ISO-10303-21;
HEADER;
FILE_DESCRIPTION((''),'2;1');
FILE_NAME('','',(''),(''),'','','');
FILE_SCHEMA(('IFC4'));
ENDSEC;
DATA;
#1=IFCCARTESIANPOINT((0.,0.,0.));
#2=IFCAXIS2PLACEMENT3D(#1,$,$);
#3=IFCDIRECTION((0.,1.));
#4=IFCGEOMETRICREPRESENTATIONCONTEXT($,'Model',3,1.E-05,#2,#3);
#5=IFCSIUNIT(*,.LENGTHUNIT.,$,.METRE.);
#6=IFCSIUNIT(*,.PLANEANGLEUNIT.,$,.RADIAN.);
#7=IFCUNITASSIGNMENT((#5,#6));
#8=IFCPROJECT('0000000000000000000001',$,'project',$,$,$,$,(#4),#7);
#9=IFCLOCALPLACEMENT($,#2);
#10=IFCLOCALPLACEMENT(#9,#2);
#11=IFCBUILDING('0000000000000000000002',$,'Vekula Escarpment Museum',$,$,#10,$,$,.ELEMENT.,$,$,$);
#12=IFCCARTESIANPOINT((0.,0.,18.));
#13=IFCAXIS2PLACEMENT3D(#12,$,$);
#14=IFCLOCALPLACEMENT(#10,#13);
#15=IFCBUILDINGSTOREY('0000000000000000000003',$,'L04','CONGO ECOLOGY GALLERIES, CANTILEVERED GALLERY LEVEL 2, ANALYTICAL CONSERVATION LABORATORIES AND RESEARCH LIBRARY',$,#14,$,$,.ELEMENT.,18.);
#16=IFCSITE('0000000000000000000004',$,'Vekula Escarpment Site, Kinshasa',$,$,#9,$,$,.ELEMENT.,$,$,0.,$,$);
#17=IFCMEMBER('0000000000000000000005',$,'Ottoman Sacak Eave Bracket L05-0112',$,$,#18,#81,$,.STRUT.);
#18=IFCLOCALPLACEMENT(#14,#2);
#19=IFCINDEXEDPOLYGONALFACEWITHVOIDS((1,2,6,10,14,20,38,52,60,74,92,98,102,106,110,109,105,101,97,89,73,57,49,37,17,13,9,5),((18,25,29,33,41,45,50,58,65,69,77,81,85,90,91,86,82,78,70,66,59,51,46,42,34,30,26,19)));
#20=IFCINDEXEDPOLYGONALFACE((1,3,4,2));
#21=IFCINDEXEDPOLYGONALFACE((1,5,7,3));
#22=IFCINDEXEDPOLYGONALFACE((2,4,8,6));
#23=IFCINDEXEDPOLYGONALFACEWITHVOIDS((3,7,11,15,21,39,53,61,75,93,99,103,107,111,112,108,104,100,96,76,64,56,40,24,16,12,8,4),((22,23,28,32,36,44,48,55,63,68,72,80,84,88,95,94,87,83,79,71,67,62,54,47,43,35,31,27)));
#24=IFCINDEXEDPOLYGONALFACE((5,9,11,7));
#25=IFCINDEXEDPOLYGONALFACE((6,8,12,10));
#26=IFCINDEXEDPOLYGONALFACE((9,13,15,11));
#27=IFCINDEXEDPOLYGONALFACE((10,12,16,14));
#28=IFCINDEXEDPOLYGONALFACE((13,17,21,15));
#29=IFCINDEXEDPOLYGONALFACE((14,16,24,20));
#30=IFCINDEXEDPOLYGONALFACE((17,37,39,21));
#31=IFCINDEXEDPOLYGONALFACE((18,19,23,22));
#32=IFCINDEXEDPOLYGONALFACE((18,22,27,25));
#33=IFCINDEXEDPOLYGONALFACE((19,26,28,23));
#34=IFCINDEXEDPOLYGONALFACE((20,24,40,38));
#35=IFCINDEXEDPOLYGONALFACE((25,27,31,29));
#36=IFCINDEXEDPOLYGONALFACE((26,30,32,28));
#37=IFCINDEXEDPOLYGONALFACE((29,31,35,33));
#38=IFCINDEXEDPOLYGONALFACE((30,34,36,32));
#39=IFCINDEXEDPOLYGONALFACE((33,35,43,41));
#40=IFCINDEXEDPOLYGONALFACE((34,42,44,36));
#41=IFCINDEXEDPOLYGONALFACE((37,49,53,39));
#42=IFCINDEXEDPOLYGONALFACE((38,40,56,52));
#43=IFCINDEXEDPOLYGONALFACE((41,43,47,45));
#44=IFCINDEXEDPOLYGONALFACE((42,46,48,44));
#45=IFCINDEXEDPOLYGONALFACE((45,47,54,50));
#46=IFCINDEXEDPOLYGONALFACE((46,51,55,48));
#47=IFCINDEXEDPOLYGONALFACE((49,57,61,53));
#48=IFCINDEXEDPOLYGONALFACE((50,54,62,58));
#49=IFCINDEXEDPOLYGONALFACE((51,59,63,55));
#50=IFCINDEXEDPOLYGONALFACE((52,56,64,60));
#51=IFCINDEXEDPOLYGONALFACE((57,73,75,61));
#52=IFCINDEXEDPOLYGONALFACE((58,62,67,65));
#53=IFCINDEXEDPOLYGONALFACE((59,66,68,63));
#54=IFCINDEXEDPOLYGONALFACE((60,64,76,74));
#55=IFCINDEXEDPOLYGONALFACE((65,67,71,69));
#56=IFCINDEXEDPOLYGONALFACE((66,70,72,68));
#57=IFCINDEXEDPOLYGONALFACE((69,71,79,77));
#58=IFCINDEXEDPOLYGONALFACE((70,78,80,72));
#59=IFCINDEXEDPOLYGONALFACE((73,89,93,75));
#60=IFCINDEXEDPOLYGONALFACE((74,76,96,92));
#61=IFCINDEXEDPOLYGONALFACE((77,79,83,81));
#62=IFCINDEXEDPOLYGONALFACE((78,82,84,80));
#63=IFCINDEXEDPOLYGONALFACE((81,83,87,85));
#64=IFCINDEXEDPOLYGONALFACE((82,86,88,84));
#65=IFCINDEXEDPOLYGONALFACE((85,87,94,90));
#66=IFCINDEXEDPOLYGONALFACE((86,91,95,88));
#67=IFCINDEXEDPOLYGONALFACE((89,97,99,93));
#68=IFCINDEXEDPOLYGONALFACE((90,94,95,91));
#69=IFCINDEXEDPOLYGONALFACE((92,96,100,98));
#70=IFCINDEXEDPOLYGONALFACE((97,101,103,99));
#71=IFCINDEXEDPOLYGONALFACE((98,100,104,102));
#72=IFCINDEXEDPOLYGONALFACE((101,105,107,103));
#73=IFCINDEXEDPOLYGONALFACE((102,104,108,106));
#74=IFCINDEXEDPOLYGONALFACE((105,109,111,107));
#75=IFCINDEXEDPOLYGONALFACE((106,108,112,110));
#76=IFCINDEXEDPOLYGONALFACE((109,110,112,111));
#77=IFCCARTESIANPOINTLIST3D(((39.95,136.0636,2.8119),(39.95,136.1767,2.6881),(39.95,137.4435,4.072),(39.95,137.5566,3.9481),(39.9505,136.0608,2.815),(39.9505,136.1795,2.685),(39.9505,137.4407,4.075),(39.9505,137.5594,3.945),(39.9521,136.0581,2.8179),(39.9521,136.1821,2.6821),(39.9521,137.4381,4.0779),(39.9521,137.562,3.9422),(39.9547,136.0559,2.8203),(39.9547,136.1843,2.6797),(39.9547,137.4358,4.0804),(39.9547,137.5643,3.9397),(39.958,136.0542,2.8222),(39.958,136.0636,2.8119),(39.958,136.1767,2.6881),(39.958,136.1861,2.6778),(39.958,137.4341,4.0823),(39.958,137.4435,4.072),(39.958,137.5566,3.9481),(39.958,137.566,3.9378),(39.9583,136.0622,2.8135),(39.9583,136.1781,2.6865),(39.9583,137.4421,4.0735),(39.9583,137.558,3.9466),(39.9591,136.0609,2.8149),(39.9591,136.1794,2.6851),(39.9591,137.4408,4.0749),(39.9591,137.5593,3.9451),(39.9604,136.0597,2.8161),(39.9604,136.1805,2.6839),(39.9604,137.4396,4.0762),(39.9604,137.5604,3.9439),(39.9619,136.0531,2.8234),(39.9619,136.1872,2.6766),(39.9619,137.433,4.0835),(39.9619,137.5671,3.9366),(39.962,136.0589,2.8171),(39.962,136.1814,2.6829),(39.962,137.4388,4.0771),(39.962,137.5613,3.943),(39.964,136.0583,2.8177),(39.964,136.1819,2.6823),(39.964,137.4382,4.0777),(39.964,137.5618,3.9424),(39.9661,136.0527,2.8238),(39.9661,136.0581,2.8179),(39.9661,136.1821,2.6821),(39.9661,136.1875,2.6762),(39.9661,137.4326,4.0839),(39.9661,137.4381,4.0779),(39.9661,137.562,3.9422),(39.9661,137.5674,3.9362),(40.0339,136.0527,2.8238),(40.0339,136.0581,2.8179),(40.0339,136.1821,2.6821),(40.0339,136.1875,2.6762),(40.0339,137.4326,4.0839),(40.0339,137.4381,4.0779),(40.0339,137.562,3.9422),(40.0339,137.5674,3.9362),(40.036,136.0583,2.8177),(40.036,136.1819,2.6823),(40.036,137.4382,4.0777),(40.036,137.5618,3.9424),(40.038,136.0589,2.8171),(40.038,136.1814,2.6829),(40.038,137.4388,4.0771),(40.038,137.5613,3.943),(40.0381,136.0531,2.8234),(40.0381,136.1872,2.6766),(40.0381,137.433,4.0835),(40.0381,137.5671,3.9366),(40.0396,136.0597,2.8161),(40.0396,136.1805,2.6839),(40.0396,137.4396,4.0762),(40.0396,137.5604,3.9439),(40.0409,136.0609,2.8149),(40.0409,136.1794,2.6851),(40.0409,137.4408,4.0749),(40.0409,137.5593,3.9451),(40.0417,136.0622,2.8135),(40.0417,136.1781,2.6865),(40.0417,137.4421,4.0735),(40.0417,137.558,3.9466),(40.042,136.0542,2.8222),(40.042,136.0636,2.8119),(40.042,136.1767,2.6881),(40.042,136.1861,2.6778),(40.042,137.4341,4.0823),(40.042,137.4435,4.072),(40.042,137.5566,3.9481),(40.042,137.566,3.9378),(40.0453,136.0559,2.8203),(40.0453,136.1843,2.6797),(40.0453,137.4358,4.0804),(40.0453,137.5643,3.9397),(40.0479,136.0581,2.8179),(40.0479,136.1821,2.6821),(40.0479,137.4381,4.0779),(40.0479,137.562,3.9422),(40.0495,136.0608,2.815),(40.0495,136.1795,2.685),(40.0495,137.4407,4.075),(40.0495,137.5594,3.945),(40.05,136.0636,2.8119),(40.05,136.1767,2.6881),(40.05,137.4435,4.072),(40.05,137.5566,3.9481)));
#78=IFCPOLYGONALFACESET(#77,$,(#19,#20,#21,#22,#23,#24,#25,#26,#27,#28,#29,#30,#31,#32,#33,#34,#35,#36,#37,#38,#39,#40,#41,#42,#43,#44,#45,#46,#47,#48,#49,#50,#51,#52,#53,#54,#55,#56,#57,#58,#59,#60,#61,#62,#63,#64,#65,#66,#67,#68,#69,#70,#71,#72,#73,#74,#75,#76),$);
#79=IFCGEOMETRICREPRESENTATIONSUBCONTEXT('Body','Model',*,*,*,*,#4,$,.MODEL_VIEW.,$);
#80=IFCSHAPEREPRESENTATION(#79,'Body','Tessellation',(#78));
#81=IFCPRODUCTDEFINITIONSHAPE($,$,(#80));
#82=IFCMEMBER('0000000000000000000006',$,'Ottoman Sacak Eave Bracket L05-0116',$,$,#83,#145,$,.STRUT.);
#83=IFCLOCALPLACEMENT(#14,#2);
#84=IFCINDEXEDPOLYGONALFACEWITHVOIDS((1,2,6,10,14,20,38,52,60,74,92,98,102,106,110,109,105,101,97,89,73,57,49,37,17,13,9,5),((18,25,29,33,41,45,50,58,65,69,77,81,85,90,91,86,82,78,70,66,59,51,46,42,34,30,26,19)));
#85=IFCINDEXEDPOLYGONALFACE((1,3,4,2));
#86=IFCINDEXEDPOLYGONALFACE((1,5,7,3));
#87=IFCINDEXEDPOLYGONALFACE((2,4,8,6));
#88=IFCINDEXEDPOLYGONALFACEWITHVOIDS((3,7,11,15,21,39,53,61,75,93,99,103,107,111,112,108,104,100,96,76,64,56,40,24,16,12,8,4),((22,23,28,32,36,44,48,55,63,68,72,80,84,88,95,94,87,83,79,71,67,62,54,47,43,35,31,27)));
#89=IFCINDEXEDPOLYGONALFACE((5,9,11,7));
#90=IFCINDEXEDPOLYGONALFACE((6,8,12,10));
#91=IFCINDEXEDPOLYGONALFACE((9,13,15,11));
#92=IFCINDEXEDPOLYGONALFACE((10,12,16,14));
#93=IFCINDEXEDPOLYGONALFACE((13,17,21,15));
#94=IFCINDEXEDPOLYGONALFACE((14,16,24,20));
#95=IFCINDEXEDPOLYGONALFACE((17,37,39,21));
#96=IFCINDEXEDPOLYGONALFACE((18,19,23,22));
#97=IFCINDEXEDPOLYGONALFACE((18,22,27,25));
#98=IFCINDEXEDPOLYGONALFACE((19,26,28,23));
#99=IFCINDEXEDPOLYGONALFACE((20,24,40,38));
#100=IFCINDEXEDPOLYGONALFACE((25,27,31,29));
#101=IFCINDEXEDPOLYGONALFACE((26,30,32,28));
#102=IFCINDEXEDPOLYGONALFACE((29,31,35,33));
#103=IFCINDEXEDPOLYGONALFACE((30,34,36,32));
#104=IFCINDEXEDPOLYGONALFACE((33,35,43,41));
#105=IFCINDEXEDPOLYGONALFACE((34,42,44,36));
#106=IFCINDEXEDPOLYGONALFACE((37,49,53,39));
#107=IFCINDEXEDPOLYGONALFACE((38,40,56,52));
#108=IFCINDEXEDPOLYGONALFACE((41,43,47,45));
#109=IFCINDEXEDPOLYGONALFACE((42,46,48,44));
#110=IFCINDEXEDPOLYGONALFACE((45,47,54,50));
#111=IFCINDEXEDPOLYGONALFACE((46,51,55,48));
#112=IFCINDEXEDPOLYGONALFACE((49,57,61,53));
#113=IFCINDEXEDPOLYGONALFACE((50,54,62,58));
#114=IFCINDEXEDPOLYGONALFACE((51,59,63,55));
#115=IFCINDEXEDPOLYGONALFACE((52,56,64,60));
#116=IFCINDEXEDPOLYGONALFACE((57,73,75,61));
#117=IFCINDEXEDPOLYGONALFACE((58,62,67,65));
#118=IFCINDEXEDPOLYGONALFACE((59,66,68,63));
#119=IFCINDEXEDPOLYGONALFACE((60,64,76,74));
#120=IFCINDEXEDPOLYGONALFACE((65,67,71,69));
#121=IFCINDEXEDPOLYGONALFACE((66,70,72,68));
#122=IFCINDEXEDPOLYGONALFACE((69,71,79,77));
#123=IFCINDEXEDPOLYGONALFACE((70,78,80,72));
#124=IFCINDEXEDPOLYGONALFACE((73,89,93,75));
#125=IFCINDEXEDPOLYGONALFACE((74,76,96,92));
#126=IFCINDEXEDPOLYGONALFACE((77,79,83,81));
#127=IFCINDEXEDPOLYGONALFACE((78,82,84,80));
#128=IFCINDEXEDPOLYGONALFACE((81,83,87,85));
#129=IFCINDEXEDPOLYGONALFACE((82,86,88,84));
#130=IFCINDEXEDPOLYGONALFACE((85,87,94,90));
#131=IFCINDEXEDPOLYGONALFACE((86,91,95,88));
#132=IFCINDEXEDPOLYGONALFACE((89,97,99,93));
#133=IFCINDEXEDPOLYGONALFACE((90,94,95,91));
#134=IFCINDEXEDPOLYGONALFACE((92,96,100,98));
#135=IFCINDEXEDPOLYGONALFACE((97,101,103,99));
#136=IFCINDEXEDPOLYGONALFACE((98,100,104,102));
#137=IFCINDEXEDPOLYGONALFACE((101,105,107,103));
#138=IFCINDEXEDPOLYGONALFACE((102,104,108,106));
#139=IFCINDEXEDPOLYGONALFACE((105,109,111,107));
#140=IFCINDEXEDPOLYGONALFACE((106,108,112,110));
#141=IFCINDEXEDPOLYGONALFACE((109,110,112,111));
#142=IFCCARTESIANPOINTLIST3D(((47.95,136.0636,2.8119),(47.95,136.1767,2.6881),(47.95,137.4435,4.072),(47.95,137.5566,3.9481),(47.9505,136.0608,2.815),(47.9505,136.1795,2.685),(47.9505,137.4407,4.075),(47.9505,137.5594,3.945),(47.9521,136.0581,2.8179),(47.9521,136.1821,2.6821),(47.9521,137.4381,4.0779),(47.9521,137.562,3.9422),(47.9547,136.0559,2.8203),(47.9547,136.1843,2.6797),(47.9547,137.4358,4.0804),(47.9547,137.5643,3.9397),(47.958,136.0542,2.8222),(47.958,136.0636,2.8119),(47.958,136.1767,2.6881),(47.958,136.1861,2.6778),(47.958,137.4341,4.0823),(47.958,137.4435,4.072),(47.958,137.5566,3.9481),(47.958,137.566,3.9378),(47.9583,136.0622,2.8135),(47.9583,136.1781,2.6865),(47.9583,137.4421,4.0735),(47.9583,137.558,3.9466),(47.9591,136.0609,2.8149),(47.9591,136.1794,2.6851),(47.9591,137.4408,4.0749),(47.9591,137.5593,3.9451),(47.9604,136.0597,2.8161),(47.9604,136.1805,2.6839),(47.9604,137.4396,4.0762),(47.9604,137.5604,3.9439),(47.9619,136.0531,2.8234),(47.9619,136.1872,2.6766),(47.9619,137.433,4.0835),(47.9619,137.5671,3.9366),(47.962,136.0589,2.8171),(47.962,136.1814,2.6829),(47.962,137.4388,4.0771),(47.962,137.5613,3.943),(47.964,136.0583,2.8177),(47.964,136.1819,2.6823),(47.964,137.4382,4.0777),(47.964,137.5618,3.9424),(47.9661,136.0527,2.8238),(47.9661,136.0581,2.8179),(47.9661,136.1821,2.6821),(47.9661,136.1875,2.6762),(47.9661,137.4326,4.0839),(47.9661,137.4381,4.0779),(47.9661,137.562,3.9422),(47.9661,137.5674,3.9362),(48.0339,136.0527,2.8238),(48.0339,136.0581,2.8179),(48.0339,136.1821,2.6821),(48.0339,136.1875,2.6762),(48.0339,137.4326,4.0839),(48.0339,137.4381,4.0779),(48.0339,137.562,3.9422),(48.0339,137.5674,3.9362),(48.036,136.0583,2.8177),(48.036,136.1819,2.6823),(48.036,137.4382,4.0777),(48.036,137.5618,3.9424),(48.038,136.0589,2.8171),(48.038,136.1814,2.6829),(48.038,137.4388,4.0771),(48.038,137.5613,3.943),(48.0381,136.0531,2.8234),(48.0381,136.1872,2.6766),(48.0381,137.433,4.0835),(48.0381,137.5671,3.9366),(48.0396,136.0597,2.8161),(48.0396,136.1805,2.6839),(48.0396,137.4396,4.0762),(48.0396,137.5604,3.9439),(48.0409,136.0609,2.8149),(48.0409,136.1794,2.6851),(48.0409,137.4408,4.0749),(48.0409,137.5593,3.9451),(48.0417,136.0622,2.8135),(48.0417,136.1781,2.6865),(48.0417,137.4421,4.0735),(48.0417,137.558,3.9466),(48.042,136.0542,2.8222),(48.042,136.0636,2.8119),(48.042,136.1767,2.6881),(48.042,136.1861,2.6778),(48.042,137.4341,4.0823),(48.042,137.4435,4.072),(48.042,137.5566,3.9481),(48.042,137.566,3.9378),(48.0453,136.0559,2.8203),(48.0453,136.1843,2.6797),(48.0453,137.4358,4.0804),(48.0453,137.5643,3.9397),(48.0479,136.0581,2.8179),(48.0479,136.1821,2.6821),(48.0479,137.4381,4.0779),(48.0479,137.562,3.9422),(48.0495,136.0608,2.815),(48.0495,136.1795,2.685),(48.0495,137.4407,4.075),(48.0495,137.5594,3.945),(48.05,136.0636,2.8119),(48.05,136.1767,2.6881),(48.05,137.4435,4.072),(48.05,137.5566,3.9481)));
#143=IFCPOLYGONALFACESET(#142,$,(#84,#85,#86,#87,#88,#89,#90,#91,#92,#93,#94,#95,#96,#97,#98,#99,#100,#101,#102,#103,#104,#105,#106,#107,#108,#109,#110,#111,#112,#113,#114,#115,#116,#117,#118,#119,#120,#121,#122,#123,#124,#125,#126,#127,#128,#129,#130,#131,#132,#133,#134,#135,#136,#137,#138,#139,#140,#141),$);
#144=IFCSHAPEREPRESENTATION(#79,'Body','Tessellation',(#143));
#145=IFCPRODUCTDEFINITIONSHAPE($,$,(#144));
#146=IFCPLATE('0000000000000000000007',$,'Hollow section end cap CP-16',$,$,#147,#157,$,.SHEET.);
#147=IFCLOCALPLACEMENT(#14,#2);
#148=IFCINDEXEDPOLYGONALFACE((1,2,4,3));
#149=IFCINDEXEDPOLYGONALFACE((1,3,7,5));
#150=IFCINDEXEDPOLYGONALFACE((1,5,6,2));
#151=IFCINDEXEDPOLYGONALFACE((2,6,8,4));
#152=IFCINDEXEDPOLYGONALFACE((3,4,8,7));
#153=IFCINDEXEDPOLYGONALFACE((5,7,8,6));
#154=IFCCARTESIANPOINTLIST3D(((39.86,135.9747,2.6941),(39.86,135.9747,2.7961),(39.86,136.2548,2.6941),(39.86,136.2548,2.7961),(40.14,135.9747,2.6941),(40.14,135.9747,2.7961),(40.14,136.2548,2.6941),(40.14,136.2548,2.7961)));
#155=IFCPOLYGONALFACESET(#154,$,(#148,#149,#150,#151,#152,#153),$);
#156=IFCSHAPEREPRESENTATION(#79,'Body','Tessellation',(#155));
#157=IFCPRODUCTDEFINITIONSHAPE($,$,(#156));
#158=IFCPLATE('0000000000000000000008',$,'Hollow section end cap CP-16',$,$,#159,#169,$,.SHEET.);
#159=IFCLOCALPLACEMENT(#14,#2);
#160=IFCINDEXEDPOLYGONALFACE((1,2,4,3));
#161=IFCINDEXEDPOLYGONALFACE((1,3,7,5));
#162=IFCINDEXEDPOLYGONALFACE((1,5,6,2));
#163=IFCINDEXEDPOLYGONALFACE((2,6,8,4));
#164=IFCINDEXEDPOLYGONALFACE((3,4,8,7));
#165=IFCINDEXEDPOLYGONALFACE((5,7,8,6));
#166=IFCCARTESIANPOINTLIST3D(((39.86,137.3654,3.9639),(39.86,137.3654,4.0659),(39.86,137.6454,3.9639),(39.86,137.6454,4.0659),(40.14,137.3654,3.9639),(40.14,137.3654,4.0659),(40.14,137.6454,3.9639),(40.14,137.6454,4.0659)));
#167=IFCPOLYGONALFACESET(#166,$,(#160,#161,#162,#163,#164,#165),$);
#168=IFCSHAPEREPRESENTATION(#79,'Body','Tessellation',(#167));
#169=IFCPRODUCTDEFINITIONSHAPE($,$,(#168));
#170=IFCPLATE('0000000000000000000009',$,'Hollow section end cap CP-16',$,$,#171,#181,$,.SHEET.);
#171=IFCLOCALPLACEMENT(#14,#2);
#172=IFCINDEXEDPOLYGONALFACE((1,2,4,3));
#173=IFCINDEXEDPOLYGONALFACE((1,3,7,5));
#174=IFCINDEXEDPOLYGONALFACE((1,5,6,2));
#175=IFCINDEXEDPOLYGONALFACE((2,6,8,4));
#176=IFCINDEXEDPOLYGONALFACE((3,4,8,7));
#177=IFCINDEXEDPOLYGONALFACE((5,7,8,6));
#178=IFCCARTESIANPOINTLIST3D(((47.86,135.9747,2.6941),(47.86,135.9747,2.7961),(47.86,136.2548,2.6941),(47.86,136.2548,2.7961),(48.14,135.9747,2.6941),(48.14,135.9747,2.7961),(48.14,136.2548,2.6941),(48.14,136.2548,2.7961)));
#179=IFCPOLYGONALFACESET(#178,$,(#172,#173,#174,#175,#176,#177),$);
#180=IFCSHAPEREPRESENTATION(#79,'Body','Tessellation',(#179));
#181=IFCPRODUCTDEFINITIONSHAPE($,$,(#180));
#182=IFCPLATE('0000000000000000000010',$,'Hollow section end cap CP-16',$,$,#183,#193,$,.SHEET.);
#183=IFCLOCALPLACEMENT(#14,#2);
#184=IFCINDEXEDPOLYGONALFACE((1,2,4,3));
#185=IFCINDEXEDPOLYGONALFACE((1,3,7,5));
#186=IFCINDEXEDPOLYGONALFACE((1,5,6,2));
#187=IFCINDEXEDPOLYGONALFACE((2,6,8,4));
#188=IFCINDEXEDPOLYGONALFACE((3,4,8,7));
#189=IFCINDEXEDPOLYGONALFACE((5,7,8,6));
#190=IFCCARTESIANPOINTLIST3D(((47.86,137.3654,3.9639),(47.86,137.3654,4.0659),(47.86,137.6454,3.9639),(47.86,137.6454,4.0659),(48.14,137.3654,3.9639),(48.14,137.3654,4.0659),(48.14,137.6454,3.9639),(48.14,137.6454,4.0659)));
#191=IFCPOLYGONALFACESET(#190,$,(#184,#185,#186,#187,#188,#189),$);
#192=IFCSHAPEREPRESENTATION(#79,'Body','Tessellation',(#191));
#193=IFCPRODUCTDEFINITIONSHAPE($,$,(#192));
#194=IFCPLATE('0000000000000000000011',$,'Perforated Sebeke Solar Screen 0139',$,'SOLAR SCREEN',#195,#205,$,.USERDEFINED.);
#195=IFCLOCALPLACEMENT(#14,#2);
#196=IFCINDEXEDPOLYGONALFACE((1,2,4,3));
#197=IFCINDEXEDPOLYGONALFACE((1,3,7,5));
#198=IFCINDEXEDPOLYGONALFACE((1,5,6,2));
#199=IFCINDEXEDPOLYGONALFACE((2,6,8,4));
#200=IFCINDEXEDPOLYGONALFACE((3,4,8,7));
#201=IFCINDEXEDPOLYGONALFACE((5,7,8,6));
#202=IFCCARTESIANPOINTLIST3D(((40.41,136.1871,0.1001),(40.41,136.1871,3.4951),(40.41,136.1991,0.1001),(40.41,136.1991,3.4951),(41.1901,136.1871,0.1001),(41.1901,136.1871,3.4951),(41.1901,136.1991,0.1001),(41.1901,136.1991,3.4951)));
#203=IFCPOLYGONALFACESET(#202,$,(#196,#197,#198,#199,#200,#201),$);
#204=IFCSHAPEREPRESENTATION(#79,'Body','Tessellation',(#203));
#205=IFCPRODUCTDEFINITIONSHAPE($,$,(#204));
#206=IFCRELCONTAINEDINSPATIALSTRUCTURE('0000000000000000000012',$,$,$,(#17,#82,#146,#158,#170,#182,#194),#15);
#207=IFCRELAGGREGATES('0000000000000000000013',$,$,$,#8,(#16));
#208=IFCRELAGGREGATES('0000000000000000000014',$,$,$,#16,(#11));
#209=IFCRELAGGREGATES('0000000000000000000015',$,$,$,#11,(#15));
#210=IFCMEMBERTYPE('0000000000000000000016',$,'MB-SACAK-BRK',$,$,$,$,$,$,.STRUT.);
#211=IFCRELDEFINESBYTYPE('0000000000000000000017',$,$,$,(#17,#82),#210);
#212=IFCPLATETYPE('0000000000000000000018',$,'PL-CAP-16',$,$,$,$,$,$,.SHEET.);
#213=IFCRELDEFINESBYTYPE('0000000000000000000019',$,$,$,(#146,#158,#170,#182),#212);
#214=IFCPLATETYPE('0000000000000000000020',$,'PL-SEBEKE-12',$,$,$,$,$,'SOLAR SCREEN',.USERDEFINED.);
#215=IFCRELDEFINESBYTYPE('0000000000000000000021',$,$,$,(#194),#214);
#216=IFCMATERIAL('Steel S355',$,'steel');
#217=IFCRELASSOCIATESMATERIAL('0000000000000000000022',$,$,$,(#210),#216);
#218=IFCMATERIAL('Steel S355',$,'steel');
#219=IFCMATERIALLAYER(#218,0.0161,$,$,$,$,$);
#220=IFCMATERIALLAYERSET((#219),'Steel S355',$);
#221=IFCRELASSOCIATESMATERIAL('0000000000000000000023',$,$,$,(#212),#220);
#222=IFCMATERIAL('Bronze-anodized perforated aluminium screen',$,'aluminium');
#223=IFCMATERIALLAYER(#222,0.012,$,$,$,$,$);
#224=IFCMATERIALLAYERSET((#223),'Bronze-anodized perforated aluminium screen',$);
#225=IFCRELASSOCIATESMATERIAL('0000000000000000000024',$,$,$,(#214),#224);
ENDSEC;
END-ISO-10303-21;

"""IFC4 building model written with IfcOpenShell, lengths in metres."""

from ifc_helpers import new_model, si_unit, direction, frame, origin, origin_2d, place, context, subcontext, project, spatial, rectangle, hollow_rectangle, extrude, material, layer, layer_set, material_profile, profile_set, type_object, element, save


model = new_model("IFC4")

# Units and contexts
model_context = context("Model", 3, precision=1e-05, world=origin(), true_north=direction((0.0, 1.0)))
body_context = subcontext(model_context, "Body", "Model", "MODEL_VIEW")
ifc_project = project(units=[si_unit("LENGTHUNIT", "METRE"), si_unit("PLANEANGLEUNIT", "RADIAN")], contexts=[model_context])

# Site, building, storey
site_placement = place(None, origin())
site = spatial("IfcSite", under=ifc_project, at=site_placement, Name="Vekula Escarpment Site, Kinshasa", CompositionType="ELEMENT", RefElevation=0.0)
building_placement = place(site_placement, origin())
building = spatial("IfcBuilding", under=site, at=building_placement, Name="Vekula Escarpment Museum", CompositionType="ELEMENT")
storey_placement = place(building_placement, frame((0.0, 0.0, 18.0)))
storey = spatial("IfcBuildingStorey", under=building, at=storey_placement, Name="L04", Description="CONGO ECOLOGY GALLERIES, CANTILEVERED GALLERY LEVEL 2, ANALYTICAL CONSERVATION LABORATORIES AND RESEARCH LIBRARY", CompositionType="ELEMENT", Elevation=18.0)

# Members
ifc_material_1 = material(Name="Steel S355", Category="steel")
ifc_material_profile_1 = material_profile(ifc_material_1, hollow_rectangle(XDim=0.1001, YDim=0.2, WallThickness=0.0081, InnerFilletRadius=0.0081, OuterFilletRadius=0.0161, at=origin_2d()), Name="RHS 200x100x8")
ifc_profile_set_1 = profile_set([ifc_material_profile_1], Name="Steel S355")
member_type = type_object("IfcMemberType", Name="MB-SACAK-BRK", PredefinedType="STRUT", material=ifc_profile_set_1)
for number, where, z_axis, x_axis, name in (
    (1, (40.0, 136.1201, 2.75), (0.0, 0.738454, 0.674303), (-1.0, 0.0, 0.0), "Ottoman Sacak Eave Bracket L05-0112"),
    (2, (48.0, 136.1201, 2.75), (0.0, 0.738454, 0.674303), (-1.0, 0.0, 0.0), "Ottoman Sacak Eave Bracket L05-0116"),
):
    element("IfcMember", number, at=place(storey_placement, frame(where, z_axis=z_axis, x_axis=x_axis)), inside=storey, type_object=member_type, Name=name, PredefinedType="STRUT", context=body_context, shape_type="SweptSolid", body=[
        extrude(hollow_rectangle(XDim=0.1001, YDim=0.2, WallThickness=0.0081, InnerFilletRadius=0.0081, OuterFilletRadius=0.0161, at=origin_2d()), origin(), (0.0, 0.0, 1.0), 1.8687),
    ])

# Plates
ifc_material_2 = material(Name="Steel S355", Category="steel")
ifc_layer_1 = layer(ifc_material_2, 0.0161)
ifc_layer_set_1 = layer_set([ifc_layer_1], Name="Steel S355")
plate_type_1 = type_object("IfcPlateType", Name="PL-CAP-16", PredefinedType="SHEET", material=ifc_layer_set_1)
for number, where, z_axis, x_axis, name in (
    (3, (40.0, 136.1147, 2.6941), (0.0, 0.0, 1.0), (1.0, 0.0, 0.0), "Hollow section end cap CP-16"),
    (4, (40.0, 137.5054, 3.9639), (0.0, 0.0, 1.0), (1.0, 0.0, 0.0), "Hollow section end cap CP-16"),
    (5, (48.0, 136.1147, 2.6941), (0.0, 0.0, 1.0), (1.0, 0.0, 0.0), "Hollow section end cap CP-16"),
    (6, (48.0, 137.5054, 3.9639), (0.0, 0.0, 1.0), (1.0, 0.0, 0.0), "Hollow section end cap CP-16"),
):
    element("IfcPlate", number, at=place(storey_placement, frame(where, z_axis=z_axis, x_axis=x_axis)), inside=storey, type_object=plate_type_1, Name=name, PredefinedType="SHEET", context=body_context, shape_type="SweptSolid", body=[
        extrude(rectangle(XDim=0.28, YDim=0.28, at=origin_2d()), origin(), (0.0, 0.0, 1.0), 0.1021),
    ])
ifc_material_3 = material(Name="Bronze-anodized perforated aluminium screen", Category="aluminium")
ifc_layer_2 = layer(ifc_material_3, 0.012)
ifc_layer_set_2 = layer_set([ifc_layer_2], Name="Bronze-anodized perforated aluminium screen")
plate_type_2 = type_object("IfcPlateType", Name="PL-SEBEKE-12", ElementType="SOLAR SCREEN", PredefinedType="USERDEFINED", material=ifc_layer_set_2)
for number, where, z_axis, x_axis, name in (
    (7, (40.8, 136.1931, 0.1001), (0.0, 0.0, 1.0), (1.0, 0.0, 0.0), "Perforated Sebeke Solar Screen 0139"),
):
    element("IfcPlate", number, at=place(storey_placement, frame(where, z_axis=z_axis, x_axis=x_axis)), inside=storey, type_object=plate_type_2, Name=name, ObjectType="SOLAR SCREEN", PredefinedType="USERDEFINED", context=body_context, shape_type="SweptSolid", body=[
        extrude(rectangle(XDim=0.78, YDim=0.012, at=origin_2d()), origin(), (0.0, 0.0, 1.0), 3.395),
    ])

save(model, "model.ifc")
